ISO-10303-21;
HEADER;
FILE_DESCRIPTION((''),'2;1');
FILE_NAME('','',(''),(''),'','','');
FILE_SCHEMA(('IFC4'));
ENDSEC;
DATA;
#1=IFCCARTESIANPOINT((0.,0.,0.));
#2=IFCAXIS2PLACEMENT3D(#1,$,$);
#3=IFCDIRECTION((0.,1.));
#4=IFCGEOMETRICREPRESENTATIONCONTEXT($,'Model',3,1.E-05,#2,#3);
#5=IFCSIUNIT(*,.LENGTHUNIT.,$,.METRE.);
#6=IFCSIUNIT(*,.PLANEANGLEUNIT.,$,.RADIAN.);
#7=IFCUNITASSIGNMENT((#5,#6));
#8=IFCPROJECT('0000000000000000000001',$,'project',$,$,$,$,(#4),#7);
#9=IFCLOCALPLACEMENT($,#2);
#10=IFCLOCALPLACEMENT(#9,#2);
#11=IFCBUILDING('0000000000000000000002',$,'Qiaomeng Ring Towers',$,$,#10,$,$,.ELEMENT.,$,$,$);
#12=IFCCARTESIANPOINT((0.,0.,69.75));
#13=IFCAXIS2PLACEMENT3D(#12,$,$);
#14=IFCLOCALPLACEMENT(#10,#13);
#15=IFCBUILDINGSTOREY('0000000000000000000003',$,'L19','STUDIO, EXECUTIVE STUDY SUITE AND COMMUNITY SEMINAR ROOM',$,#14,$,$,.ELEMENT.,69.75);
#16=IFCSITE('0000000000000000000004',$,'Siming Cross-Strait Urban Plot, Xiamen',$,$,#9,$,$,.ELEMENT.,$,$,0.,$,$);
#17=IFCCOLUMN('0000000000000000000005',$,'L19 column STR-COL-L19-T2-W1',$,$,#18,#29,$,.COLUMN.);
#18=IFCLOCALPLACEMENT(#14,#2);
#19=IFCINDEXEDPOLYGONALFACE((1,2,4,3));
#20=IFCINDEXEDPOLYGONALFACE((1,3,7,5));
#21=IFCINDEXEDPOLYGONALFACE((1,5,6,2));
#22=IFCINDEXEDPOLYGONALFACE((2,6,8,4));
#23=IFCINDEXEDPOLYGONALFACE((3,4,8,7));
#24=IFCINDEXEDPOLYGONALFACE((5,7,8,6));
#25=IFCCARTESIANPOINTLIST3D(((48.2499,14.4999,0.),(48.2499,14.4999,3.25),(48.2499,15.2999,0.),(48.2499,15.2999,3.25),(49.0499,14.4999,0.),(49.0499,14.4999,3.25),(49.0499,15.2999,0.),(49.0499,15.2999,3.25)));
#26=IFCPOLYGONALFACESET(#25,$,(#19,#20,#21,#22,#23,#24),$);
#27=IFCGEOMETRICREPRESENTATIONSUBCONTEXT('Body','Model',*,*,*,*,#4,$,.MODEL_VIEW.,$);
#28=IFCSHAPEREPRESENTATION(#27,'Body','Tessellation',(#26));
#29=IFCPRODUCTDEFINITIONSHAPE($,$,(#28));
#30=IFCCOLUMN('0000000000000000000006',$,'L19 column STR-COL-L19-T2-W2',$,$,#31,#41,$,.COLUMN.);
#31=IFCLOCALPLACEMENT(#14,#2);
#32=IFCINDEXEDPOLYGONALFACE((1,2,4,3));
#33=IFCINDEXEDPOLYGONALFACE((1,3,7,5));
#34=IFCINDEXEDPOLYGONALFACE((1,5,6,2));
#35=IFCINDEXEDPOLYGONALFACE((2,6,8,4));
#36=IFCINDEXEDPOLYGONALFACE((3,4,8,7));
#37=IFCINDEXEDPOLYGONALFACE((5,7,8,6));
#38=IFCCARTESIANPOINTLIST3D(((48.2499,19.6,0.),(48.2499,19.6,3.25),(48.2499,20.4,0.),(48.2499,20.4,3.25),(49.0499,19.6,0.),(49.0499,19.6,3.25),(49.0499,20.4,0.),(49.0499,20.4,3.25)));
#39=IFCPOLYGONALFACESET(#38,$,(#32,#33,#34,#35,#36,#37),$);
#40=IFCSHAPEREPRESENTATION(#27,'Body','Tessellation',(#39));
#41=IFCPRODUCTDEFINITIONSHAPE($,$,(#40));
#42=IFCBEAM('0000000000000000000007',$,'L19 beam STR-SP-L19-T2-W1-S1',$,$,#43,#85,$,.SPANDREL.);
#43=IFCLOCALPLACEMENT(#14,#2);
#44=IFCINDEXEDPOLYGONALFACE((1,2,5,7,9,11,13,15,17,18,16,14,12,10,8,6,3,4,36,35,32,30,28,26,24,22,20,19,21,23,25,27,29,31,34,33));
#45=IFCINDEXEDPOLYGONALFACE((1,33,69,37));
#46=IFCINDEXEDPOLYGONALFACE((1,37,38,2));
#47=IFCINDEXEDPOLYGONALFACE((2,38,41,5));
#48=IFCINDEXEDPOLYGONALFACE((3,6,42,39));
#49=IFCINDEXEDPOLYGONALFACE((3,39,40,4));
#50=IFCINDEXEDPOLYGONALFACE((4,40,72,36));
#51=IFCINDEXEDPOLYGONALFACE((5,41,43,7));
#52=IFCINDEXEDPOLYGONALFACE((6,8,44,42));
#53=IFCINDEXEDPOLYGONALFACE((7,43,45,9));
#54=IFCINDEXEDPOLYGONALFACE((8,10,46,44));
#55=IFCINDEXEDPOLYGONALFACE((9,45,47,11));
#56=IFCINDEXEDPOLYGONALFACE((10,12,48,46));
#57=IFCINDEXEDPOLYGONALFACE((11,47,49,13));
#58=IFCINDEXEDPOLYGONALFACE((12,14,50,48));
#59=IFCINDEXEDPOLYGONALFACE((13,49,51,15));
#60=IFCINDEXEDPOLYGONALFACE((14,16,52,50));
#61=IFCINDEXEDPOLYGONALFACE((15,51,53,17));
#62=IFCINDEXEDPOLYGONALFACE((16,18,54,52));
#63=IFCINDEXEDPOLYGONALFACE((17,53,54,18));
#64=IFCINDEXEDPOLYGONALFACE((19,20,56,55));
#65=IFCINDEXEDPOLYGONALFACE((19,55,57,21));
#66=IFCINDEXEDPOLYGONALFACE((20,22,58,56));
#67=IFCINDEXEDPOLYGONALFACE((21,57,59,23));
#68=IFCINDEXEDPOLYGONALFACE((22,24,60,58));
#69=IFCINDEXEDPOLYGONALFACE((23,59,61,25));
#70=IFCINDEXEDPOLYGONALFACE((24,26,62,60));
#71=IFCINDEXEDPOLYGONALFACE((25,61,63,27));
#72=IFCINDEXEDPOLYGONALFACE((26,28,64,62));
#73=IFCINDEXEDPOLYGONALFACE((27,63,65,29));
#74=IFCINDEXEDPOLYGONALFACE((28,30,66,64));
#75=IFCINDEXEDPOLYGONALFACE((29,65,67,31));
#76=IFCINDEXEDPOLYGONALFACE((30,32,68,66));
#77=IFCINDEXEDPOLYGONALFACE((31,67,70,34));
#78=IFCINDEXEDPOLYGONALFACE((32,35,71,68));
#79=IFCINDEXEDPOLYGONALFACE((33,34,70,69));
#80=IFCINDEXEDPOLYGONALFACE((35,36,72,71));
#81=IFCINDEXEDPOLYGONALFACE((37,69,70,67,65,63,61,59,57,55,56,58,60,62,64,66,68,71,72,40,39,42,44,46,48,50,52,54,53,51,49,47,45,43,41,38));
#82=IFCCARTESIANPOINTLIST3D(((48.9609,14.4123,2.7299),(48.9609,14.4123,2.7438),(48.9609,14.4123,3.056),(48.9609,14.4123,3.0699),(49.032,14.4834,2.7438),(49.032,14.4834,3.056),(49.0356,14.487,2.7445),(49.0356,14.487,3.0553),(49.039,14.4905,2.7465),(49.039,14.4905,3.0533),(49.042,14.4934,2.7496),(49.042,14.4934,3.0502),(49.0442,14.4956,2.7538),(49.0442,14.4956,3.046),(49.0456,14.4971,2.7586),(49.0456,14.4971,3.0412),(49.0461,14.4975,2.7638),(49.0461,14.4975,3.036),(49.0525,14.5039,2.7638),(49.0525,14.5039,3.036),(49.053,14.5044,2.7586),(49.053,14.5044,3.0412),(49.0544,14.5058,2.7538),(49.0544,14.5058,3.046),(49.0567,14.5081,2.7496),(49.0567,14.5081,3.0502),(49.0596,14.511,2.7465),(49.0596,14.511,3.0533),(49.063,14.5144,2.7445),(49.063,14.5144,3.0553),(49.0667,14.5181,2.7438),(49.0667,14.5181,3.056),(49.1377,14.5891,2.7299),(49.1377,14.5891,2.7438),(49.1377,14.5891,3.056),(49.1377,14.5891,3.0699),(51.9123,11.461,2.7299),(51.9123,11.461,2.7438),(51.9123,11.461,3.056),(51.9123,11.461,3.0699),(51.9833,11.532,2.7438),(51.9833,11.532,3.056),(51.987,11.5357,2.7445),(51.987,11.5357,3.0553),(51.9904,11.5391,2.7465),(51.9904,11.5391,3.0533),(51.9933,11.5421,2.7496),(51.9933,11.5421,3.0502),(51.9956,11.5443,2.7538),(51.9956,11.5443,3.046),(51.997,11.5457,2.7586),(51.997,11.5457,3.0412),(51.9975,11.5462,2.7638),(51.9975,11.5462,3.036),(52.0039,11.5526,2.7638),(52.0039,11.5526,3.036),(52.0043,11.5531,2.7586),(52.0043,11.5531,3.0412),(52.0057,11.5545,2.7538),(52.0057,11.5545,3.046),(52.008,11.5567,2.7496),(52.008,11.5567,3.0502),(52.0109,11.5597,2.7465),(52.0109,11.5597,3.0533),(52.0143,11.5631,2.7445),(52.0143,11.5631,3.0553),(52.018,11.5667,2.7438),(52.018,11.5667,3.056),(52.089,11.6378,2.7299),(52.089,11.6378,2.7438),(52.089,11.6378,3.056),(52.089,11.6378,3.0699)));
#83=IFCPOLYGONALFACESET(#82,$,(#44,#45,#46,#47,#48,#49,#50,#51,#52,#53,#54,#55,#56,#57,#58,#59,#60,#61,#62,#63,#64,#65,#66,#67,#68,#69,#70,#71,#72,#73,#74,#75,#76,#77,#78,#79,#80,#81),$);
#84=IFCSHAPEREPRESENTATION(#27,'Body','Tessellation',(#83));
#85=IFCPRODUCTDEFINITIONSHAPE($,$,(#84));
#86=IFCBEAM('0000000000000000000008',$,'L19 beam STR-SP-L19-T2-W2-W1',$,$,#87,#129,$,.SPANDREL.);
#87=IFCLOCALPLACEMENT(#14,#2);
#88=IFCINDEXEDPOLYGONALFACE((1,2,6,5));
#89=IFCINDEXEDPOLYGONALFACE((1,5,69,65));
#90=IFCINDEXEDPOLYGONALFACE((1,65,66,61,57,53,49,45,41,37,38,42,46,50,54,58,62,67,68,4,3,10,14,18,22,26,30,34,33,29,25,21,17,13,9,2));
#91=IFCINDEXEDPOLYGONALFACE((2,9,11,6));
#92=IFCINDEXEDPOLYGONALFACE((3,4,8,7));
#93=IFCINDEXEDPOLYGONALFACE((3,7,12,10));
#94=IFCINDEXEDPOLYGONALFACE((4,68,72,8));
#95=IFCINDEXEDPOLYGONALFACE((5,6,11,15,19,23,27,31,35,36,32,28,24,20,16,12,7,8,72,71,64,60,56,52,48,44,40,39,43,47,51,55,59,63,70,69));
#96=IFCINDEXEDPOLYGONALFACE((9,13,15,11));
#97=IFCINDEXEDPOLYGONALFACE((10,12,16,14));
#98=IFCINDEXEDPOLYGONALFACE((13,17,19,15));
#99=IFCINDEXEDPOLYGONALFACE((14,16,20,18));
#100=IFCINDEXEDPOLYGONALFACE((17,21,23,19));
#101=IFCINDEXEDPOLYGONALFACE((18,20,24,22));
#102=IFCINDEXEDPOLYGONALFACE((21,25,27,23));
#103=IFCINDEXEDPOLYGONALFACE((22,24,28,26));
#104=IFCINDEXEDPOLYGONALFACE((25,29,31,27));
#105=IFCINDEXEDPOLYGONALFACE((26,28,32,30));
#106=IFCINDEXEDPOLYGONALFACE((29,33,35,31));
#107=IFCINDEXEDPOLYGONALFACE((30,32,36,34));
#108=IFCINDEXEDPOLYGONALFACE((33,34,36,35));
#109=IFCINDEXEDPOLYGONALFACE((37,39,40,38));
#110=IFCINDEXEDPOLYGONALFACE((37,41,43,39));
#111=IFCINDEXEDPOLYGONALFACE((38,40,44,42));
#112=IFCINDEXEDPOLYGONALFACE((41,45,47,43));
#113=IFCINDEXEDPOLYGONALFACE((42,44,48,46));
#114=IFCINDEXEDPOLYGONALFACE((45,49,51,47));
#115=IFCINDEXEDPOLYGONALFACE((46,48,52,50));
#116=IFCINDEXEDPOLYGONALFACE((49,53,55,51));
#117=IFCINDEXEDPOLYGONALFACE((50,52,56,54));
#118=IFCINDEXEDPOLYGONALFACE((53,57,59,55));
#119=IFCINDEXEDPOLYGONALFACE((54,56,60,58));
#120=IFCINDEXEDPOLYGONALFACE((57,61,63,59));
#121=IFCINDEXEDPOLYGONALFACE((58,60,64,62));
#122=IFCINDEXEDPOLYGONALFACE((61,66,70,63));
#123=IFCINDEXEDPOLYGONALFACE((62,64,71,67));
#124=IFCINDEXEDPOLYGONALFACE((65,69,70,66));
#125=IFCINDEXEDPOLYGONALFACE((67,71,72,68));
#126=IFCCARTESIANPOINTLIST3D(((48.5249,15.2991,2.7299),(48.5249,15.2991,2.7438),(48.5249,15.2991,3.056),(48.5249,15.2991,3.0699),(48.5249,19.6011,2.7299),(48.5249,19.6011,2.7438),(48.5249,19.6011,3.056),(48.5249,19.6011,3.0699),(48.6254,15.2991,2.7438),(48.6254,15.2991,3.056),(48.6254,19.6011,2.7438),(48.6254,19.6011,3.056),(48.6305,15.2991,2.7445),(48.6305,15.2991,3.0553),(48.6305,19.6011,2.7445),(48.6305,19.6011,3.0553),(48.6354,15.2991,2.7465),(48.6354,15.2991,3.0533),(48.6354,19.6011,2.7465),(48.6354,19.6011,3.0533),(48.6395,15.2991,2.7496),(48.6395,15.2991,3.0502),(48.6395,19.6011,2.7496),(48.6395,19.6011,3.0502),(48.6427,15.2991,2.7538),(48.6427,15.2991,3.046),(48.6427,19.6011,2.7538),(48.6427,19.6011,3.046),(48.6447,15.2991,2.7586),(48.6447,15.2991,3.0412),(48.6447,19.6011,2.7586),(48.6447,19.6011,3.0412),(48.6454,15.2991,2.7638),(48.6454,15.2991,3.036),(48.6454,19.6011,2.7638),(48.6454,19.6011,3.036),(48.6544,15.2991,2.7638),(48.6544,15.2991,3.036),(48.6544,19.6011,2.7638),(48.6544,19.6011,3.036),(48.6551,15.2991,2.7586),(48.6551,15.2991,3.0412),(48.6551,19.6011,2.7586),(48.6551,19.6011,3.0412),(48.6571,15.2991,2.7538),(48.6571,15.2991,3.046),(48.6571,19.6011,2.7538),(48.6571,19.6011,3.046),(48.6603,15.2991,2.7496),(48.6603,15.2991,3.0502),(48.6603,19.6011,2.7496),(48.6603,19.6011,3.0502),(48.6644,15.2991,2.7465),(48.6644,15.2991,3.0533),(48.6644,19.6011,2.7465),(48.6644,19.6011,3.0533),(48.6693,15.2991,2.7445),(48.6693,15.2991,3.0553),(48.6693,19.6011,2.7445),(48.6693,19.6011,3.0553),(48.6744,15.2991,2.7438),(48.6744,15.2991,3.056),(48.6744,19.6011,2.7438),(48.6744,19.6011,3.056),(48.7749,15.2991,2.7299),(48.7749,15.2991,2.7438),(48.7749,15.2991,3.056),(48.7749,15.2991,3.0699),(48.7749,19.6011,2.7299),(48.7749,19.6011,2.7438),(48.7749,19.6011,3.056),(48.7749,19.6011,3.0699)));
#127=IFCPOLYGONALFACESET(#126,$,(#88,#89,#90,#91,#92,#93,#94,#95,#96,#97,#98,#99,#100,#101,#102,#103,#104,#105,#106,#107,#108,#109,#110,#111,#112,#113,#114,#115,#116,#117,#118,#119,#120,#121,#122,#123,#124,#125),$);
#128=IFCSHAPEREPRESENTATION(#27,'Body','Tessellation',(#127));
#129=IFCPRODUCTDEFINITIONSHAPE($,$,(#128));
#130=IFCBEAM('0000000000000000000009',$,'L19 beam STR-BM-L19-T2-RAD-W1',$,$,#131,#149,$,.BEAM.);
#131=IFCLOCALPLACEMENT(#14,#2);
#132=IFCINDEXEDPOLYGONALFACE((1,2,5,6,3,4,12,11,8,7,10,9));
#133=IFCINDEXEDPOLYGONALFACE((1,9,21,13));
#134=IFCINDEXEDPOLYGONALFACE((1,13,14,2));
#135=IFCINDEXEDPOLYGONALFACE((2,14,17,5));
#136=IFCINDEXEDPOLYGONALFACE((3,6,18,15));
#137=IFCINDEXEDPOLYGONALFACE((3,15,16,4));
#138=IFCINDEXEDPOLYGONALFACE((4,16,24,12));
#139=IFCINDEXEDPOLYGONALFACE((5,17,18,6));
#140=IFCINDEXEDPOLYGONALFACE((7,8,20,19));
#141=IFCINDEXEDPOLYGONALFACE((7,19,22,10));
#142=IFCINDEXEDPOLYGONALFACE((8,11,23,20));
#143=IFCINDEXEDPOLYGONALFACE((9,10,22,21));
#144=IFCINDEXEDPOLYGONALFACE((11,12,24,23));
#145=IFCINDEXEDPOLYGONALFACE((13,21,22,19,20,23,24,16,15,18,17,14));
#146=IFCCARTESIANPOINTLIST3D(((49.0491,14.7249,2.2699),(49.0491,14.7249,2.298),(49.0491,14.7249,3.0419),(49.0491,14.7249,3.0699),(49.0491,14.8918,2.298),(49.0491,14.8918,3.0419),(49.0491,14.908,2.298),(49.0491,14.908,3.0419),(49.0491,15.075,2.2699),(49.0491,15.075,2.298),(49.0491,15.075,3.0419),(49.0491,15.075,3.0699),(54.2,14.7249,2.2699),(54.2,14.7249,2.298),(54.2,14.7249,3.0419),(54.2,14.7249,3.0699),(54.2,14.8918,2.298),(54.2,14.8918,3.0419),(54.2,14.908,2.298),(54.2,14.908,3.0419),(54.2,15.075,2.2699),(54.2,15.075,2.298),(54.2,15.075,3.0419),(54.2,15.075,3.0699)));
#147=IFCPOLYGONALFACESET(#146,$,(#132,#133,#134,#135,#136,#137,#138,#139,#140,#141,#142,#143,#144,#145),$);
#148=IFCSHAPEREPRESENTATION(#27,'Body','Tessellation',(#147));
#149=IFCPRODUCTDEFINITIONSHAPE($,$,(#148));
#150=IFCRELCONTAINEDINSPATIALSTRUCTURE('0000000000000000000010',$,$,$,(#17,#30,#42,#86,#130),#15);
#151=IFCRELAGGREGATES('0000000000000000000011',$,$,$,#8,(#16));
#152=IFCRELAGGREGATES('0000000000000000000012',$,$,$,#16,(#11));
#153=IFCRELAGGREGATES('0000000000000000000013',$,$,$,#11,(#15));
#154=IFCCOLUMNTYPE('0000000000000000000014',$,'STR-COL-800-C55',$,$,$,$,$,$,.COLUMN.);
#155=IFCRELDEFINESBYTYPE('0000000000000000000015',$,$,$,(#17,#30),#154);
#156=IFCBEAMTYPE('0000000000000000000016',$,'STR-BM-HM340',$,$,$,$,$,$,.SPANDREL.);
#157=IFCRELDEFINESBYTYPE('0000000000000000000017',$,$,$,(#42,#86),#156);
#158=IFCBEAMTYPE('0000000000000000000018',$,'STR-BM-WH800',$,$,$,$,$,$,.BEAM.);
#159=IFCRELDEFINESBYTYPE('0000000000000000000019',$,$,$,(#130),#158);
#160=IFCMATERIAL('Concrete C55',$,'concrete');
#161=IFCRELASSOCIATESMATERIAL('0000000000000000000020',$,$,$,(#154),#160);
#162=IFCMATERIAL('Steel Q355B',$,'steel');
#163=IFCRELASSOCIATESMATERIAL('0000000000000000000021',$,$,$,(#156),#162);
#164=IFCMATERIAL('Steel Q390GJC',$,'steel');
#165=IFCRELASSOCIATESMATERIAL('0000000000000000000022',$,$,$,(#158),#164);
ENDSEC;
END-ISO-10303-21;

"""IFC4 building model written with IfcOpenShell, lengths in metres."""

from ifc_helpers import new_model, si_unit, direction, frame, origin, origin_2d, place, context, subcontext, project, spatial, rectangle, i_section, extrude, source, transform, mapped, material, material_profile, profile_set, type_object, element, save


model = new_model("IFC4")

# Units and contexts
model_context = context("Model", 3, precision=1e-05, world=origin(), true_north=direction((0.0, 1.0)))
body_context = subcontext(model_context, "Body", "Model", "MODEL_VIEW")
ifc_project = project(units=[si_unit("LENGTHUNIT", "METRE"), si_unit("PLANEANGLEUNIT", "RADIAN")], contexts=[model_context])

# Site, building, storey
site_placement = place(None, origin())
site = spatial("IfcSite", under=ifc_project, at=site_placement, Name="Siming Cross-Strait Urban Plot, Xiamen", CompositionType="ELEMENT", RefElevation=0.0)
building_placement = place(site_placement, origin())
building = spatial("IfcBuilding", under=site, at=building_placement, Name="Qiaomeng Ring Towers", CompositionType="ELEMENT")
storey_placement = place(building_placement, frame((0.0, 0.0, 69.75)))
storey = spatial("IfcBuildingStorey", under=building, at=storey_placement, Name="L19", Description="STUDIO, EXECUTIVE STUDY SUITE AND COMMUNITY SEMINAR ROOM", CompositionType="ELEMENT", Elevation=69.75)

# Columns
ifc_material_1 = material(Name="Concrete C55", Category="concrete")
ifc_material_profile_1 = material_profile(ifc_material_1, rectangle(XDim=0.8, YDim=0.8, at=origin_2d()), Name="RC COL 800x800")
ifc_profile_set_1 = profile_set([ifc_material_profile_1], Name="Concrete C55")
column_type = type_object("IfcColumnType", Name="STR-COL-800-C55", PredefinedType="COLUMN", material=ifc_profile_set_1)
shared_shape_1 = source(origin(), body_context, "Body", "SweptSolid", [
    extrude(rectangle(XDim=0.8, YDim=0.8, at=origin_2d()), origin(), (0.0, 0.0, 1.0), 3.25),
])
for number, where, z_axis, x_axis, name in (
    (1, (48.6499, 14.8999, 0.0), (0.0, 0.0, 1.0), (1.0, 0.0, 0.0), "L19 column STR-COL-L19-T2-W1"),
    (2, (48.6499, 20.0, 0.0), (0.0, 0.0, 1.0), (1.0, 0.0, 0.0), "L19 column STR-COL-L19-T2-W2"),
):
    element("IfcColumn", number, at=place(storey_placement, frame(where, z_axis=z_axis, x_axis=x_axis)), inside=storey, type_object=column_type, Name=name, PredefinedType="COLUMN", context=body_context, shape_type="MappedRepresentation", body=[
        mapped(shared_shape_1, transform((0.0, 0.0, 0.0), x_axis=(1.0, 0.0, 0.0), y_axis=(0.0, 1.0, 0.0), z_axis=(0.0, 0.0, 1.0), scale=1.0)),
    ])

# Beams
ifc_material_2 = material(Name="Steel Q355B", Category="steel")
ifc_material_profile_2 = material_profile(ifc_material_2, i_section(OverallWidth=0.25, OverallDepth=0.3401, WebThickness=0.009, FlangeThickness=0.0139, FilletRadius=0.02, at=origin_2d()), Name="HM 340x250x9x14")
ifc_profile_set_2 = profile_set([ifc_material_profile_2], Name="Steel Q355B")
beam_type_1 = type_object("IfcBeamType", Name="STR-BM-HM340", PredefinedType="SPANDREL", material=ifc_profile_set_2)
shared_shape_2 = source(origin(), body_context, "Body", "SweptSolid", [
    extrude(i_section(OverallWidth=0.25, OverallDepth=0.3401, WebThickness=0.009, FlangeThickness=0.0139, FilletRadius=0.02, at=origin_2d()), origin(), (0.0, 0.0, 1.0), 4.1738),
])
beam_1_placement = place(storey_placement, frame((49.0493, 14.5007, 2.8999), z_axis=(0.707107, -0.707107, 0.0), x_axis=(0.707107, 0.707107, 0.0)))
element("IfcBeam", 3, at=beam_1_placement, inside=storey, type_object=beam_type_1, Name="L19 beam STR-SP-L19-T2-W1-S1", PredefinedType="SPANDREL", context=body_context, shape_type="MappedRepresentation", body=[
    mapped(shared_shape_2, transform((0.0, 0.0, 0.0), x_axis=(1.0, 0.0, 0.0), y_axis=(0.0, 1.0, 0.0), z_axis=(0.0, 0.0, 1.0), scale=1.0)),
])
shared_shape_3 = source(origin(), body_context, "Body", "SweptSolid", [
    extrude(i_section(OverallWidth=0.25, OverallDepth=0.3401, WebThickness=0.009, FlangeThickness=0.0139, FilletRadius=0.02, at=origin_2d()), origin(), (0.0, 0.0, 1.0), 4.302),
])
beam_2_placement = place(storey_placement, frame((48.6499, 19.6011, 2.8999), z_axis=(0.0, -1.0, 0.0), x_axis=(1.0, 0.0, 0.0)))
element("IfcBeam", 4, at=beam_2_placement, inside=storey, type_object=beam_type_1, Name="L19 beam STR-SP-L19-T2-W2-W1", PredefinedType="SPANDREL", context=body_context, shape_type="MappedRepresentation", body=[
    mapped(shared_shape_3, transform((0.0, 0.0, 0.0), x_axis=(1.0, 0.0, 0.0), y_axis=(0.0, 1.0, 0.0), z_axis=(0.0, 0.0, 1.0), scale=1.0)),
])
ifc_material_3 = material(Name="Steel Q390GJC", Category="steel")
ifc_material_profile_3 = material_profile(ifc_material_3, i_section(OverallWidth=0.3501, OverallDepth=0.8, WebThickness=0.0161, FlangeThickness=0.0281, at=origin_2d()), Name="WH 800x350x16x28")
ifc_profile_set_3 = profile_set([ifc_material_profile_3], Name="Steel Q390GJC")
beam_type_2 = type_object("IfcBeamType", Name="STR-BM-WH800", PredefinedType="BEAM", material=ifc_profile_set_3)
shared_shape_4 = source(origin(), body_context, "Body", "SweptSolid", [
    extrude(i_section(OverallWidth=0.3501, OverallDepth=0.8, WebThickness=0.0161, FlangeThickness=0.0281, at=origin_2d()), origin(), (0.0, 0.0, 1.0), 5.1509),
])
beam_3_placement = place(storey_placement, frame((49.0491, 14.8999, 2.6699), z_axis=(1.0, 0.0, 0.0), x_axis=(0.0, 1.0, 0.0)))
element("IfcBeam", 5, at=beam_3_placement, inside=storey, type_object=beam_type_2, Name="L19 beam STR-BM-L19-T2-RAD-W1", PredefinedType="BEAM", context=body_context, shape_type="MappedRepresentation", body=[
    mapped(shared_shape_4, transform((0.0, 0.0, 0.0), x_axis=(1.0, 0.0, 0.0), y_axis=(0.0, 1.0, 0.0), z_axis=(0.0, 0.0, 1.0), scale=1.0)),
])

save(model, "model.ifc")
